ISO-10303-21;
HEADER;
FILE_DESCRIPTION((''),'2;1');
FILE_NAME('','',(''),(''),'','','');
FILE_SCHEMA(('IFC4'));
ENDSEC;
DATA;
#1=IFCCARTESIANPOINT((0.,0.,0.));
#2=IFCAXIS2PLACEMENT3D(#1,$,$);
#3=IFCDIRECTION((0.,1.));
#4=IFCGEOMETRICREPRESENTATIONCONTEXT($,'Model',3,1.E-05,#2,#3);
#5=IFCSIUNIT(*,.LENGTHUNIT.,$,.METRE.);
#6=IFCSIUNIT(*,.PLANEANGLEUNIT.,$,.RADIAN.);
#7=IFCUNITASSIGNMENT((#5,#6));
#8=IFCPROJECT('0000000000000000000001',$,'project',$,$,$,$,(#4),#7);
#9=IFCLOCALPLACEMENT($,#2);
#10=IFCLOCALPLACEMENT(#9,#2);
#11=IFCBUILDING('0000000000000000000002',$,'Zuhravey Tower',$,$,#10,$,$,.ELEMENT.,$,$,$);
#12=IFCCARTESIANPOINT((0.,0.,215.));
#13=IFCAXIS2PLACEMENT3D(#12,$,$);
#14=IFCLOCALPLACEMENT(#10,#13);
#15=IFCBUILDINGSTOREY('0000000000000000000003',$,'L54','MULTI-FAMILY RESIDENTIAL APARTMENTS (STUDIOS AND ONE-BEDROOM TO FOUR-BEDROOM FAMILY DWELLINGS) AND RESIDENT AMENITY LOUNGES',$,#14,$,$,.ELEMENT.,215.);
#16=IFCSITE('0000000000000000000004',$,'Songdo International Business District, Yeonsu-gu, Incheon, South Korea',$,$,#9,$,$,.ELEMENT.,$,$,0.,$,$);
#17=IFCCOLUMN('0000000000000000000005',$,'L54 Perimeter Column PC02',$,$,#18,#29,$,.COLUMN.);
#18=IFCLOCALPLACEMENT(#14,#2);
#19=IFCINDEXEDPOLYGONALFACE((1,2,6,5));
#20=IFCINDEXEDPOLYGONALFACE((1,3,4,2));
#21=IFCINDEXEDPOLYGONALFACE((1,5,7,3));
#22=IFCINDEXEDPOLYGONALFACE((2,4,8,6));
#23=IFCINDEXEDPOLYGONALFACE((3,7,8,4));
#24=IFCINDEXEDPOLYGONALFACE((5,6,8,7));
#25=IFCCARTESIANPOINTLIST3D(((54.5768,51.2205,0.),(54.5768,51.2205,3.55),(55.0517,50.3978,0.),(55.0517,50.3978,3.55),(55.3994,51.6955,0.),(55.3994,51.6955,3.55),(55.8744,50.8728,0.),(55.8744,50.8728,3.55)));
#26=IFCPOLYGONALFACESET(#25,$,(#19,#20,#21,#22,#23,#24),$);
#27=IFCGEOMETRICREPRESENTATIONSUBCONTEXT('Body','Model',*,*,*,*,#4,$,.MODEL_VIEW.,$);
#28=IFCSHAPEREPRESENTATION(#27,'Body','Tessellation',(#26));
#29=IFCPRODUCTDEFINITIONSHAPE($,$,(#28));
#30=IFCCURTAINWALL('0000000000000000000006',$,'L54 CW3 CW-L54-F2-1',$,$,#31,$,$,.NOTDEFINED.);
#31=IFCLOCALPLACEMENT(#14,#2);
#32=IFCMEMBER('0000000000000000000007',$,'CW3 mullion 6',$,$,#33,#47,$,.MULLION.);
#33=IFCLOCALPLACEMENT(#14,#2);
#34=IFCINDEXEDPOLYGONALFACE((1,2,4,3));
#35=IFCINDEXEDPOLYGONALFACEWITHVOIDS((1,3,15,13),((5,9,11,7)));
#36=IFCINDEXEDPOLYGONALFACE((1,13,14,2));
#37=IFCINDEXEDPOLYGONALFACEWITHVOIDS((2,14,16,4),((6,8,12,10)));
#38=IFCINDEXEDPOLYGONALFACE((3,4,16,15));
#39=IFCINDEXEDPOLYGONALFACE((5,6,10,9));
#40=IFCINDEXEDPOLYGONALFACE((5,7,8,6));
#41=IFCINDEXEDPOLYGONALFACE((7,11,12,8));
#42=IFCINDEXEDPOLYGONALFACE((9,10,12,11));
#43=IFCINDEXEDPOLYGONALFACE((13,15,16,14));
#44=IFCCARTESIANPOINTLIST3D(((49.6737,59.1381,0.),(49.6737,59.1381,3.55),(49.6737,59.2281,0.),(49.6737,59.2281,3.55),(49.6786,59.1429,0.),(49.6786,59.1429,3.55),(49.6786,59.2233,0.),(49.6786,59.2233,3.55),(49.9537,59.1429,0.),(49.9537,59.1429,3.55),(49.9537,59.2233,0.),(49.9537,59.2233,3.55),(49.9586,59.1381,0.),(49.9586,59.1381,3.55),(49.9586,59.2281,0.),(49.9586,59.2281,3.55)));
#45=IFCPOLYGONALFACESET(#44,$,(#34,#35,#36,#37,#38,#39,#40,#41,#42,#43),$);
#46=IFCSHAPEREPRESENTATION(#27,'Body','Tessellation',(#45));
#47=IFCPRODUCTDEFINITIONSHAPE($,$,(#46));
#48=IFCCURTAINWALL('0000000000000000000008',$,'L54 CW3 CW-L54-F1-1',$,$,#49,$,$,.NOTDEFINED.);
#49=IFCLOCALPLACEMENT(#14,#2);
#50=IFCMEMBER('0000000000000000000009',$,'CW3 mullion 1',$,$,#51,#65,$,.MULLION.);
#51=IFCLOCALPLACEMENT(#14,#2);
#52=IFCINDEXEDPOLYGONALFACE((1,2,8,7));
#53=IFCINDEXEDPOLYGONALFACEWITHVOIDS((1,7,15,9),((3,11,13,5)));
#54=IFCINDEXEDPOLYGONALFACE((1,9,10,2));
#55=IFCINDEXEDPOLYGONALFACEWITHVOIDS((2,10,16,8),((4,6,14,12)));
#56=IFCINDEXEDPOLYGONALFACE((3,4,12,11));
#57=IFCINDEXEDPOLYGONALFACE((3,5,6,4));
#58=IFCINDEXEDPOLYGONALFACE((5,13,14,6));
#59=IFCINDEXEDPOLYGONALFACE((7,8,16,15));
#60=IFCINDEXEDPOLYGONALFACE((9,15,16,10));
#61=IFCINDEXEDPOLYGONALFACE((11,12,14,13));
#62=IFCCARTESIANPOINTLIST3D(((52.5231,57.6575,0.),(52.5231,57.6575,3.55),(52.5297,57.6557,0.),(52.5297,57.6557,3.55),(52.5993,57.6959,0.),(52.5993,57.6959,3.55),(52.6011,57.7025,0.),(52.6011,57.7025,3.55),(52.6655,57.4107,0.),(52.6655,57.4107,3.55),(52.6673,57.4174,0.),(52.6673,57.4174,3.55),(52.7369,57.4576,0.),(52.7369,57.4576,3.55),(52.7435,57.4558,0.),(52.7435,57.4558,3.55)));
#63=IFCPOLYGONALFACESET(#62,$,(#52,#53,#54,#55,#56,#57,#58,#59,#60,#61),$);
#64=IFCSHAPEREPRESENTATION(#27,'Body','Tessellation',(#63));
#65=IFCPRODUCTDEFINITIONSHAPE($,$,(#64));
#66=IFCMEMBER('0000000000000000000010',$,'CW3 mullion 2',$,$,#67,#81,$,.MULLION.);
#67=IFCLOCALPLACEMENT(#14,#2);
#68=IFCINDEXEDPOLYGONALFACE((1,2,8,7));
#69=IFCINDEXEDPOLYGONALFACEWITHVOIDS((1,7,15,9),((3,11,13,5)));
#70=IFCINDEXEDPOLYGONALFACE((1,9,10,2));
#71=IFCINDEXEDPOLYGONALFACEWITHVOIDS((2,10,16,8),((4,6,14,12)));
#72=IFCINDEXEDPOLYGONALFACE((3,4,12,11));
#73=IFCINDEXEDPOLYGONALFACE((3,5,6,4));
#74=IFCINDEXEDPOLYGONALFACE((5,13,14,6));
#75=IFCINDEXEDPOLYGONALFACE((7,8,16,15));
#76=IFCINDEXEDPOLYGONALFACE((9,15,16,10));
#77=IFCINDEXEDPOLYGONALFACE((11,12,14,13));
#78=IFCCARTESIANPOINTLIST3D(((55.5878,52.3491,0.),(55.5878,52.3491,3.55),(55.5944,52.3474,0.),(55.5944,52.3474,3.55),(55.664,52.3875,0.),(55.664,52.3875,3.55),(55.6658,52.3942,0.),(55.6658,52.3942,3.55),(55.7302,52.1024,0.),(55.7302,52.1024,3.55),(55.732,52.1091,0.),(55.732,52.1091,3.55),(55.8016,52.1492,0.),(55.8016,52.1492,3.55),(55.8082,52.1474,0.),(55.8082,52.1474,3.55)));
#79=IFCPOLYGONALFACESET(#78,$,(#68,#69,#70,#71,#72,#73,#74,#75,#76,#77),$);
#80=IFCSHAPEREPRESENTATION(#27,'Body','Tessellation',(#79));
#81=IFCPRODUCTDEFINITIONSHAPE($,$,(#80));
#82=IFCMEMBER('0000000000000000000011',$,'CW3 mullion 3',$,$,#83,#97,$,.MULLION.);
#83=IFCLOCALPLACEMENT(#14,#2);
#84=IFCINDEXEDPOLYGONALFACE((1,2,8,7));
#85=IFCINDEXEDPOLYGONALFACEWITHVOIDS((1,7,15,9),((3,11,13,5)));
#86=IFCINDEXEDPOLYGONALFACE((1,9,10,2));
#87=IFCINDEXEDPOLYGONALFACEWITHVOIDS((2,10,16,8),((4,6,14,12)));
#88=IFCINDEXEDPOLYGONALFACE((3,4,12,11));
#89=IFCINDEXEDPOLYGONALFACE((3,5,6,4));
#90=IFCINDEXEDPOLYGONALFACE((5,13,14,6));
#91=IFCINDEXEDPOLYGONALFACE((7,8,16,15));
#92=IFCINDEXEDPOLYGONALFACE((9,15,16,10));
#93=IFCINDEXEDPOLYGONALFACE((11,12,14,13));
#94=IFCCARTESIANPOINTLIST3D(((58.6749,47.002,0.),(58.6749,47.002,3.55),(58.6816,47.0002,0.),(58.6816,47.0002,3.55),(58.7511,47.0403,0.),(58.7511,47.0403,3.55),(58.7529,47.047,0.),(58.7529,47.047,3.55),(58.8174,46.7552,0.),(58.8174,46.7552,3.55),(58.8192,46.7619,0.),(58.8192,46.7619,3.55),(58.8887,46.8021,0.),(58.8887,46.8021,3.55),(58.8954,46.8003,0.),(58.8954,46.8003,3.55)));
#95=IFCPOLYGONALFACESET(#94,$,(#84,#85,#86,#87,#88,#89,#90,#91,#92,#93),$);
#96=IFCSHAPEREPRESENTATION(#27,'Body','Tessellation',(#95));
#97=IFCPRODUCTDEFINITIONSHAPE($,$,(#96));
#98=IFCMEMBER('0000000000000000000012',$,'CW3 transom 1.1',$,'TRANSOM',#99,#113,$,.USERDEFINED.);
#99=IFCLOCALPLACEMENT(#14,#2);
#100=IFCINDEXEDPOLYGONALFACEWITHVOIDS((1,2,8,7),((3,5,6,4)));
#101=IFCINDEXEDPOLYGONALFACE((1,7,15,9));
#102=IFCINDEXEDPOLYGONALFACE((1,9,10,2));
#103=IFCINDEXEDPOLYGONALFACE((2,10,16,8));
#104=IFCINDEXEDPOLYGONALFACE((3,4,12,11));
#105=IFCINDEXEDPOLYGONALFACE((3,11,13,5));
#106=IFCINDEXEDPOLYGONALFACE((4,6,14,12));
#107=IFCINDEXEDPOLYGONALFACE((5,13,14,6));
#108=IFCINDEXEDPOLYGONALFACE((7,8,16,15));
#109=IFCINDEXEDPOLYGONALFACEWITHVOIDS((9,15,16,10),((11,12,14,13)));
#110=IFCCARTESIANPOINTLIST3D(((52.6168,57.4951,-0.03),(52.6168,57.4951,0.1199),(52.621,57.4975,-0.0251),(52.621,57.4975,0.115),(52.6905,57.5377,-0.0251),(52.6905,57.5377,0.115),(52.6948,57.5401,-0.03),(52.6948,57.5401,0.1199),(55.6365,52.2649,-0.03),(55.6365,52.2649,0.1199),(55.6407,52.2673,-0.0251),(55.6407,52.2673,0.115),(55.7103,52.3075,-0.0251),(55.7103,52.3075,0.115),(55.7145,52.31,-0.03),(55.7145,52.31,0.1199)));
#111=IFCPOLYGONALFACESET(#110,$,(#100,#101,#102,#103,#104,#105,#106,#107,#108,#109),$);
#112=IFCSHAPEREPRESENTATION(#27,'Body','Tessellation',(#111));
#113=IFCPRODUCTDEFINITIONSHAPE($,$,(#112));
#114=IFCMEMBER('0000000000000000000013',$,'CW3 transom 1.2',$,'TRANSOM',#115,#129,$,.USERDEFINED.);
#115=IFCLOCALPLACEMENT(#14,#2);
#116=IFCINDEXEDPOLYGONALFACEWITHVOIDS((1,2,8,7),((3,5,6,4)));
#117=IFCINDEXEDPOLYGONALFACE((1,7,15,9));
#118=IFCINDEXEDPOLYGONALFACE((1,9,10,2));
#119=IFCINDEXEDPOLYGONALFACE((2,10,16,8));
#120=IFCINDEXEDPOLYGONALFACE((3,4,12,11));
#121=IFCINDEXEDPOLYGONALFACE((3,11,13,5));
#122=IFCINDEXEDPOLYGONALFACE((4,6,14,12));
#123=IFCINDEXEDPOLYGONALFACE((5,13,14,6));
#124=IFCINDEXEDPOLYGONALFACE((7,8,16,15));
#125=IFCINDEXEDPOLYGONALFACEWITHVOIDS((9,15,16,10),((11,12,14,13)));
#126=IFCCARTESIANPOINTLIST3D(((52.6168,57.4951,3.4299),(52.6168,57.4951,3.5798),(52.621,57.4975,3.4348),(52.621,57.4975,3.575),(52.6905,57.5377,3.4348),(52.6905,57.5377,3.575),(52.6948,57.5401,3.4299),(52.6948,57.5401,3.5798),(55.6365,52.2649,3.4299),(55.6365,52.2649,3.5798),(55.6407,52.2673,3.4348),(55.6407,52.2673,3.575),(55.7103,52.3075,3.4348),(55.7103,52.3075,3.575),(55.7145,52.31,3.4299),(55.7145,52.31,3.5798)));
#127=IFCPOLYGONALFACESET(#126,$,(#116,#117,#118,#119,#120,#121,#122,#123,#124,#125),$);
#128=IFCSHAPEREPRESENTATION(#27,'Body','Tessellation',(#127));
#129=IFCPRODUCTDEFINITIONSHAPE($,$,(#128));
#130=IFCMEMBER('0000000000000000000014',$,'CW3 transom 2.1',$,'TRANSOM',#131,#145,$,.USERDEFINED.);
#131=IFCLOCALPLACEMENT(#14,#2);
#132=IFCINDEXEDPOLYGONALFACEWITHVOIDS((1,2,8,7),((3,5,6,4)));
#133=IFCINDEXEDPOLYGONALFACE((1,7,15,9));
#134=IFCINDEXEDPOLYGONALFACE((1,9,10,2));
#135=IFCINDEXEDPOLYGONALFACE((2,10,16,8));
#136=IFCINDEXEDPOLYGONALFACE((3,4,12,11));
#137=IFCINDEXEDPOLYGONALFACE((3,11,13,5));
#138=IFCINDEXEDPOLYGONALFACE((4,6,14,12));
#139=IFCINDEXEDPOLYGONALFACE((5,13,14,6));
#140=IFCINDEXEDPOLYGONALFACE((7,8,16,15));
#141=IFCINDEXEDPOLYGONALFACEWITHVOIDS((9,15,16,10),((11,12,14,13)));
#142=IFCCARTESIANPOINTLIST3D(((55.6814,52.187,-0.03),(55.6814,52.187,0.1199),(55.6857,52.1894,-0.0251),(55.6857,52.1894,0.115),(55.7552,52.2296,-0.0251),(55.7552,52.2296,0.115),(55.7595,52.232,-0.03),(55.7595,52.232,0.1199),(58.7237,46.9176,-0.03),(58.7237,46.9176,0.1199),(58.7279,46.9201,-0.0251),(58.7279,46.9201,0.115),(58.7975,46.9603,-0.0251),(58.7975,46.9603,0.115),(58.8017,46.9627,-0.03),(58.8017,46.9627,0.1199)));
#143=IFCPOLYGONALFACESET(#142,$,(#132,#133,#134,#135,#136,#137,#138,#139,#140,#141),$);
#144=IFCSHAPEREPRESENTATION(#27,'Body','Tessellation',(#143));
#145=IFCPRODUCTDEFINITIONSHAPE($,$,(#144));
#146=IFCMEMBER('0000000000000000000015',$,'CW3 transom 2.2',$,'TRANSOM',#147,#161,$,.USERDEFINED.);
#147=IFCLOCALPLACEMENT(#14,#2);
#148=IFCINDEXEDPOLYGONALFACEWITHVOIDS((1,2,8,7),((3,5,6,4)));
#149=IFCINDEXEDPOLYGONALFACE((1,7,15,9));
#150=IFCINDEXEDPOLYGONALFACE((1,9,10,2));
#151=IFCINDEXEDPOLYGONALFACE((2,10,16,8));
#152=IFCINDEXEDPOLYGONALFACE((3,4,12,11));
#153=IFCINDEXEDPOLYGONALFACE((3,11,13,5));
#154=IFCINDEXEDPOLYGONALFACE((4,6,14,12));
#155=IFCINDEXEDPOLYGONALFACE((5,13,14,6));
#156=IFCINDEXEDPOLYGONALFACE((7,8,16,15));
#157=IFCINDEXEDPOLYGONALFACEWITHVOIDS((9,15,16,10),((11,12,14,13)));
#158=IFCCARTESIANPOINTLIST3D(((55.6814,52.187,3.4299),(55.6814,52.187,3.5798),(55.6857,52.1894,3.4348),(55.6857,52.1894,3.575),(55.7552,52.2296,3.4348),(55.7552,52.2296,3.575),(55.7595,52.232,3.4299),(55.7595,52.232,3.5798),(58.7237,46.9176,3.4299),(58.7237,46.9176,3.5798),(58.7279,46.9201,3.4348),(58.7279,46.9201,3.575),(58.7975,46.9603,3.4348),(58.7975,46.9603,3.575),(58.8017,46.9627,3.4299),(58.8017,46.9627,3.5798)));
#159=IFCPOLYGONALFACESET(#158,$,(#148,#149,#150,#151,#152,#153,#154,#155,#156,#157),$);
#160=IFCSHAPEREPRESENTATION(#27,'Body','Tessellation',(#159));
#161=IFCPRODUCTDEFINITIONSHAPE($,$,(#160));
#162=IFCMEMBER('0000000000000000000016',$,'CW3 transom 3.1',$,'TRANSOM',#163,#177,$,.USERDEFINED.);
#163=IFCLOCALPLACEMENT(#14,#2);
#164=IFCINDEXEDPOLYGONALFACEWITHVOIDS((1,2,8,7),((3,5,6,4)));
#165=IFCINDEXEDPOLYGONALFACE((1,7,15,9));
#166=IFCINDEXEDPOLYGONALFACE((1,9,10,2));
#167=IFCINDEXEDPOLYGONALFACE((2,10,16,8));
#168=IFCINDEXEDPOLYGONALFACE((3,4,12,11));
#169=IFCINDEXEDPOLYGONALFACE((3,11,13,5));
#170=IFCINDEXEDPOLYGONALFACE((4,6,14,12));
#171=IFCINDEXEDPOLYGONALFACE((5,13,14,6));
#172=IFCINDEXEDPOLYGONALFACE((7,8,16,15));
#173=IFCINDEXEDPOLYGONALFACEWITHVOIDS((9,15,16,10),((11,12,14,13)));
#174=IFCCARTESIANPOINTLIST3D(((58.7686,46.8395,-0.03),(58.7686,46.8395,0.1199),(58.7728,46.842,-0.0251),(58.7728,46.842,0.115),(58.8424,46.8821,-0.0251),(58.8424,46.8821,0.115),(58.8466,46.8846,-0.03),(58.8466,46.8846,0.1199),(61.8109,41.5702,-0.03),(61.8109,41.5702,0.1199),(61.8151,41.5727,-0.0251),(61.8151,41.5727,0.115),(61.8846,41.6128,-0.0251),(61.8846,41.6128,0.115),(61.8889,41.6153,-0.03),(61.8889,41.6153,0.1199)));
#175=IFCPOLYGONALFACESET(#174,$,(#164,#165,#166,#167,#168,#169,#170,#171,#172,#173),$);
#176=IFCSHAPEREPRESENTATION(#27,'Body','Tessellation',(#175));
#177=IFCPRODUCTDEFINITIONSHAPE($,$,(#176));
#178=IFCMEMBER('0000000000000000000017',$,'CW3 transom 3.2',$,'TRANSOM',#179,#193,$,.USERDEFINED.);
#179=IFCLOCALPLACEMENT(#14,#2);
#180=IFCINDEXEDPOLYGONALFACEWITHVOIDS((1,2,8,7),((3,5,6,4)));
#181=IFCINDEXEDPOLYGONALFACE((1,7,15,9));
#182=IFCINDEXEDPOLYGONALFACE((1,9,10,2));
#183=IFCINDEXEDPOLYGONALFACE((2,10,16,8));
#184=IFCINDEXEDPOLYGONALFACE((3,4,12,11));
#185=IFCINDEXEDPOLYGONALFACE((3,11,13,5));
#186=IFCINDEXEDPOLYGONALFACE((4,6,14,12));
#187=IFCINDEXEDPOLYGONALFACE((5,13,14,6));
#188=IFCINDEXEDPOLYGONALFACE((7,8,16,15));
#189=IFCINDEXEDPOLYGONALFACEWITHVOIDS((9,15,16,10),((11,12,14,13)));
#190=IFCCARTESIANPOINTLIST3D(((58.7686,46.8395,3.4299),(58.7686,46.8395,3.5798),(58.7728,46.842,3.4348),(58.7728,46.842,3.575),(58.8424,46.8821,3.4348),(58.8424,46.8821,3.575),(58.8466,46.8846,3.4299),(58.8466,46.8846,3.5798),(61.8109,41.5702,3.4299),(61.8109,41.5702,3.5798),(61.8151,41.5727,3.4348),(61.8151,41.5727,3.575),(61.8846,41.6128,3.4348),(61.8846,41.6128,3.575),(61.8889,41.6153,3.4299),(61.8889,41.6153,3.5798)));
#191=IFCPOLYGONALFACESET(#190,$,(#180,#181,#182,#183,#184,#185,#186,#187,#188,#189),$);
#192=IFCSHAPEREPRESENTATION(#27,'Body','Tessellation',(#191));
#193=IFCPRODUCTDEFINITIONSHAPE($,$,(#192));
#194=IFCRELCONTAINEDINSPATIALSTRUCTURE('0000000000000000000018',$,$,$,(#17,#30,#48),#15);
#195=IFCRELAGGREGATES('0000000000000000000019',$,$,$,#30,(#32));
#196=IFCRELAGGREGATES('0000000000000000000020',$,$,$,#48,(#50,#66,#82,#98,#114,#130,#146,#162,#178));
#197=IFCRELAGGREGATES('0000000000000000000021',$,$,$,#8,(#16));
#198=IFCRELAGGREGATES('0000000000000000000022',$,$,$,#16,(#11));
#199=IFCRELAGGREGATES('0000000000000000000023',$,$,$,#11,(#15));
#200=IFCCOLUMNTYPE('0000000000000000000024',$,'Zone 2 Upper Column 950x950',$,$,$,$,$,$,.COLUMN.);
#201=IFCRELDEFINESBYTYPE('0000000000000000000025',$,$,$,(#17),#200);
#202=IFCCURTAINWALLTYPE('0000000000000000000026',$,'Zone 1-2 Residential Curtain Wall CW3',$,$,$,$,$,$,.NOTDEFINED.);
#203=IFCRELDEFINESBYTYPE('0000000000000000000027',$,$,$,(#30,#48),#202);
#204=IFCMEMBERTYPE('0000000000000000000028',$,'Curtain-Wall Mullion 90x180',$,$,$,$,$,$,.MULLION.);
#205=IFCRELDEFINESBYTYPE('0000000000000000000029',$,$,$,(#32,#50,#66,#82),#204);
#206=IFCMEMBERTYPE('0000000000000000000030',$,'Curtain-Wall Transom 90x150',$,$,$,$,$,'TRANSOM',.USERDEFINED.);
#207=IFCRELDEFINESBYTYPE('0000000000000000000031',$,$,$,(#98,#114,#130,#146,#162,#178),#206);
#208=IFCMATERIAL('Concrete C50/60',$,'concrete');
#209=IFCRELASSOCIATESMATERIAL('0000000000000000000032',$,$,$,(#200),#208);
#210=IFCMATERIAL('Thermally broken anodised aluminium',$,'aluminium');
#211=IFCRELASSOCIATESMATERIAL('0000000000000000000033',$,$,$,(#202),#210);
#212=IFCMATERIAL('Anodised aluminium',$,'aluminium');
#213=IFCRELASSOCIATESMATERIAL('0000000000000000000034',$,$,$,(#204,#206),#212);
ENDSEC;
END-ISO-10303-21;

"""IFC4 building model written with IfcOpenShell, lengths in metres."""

from ifc_helpers import new_model, si_unit, direction, frame, origin, origin_2d, place, context, subcontext, project, spatial, rectangle, hollow_rectangle, extrude, material, material_profile, profile_set, type_object, element, aggregate, save


model = new_model("IFC4")

# Units and contexts
model_context = context("Model", 3, precision=1e-05, world=origin(), true_north=direction((0.0, 1.0)))
body_context = subcontext(model_context, "Body", "Model", "MODEL_VIEW")
ifc_project = project(units=[si_unit("LENGTHUNIT", "METRE"), si_unit("PLANEANGLEUNIT", "RADIAN")], contexts=[model_context])

# Site, building, storey
site_placement = place(None, origin())
site = spatial("IfcSite", under=ifc_project, at=site_placement, Name="Songdo International Business District, Yeonsu-gu, Incheon, South Korea", CompositionType="ELEMENT", RefElevation=0.0)
building_placement = place(site_placement, origin())
building = spatial("IfcBuilding", under=site, at=building_placement, Name="Zuhravey Tower", CompositionType="ELEMENT")
storey_placement = place(building_placement, frame((0.0, 0.0, 215.0)))
storey = spatial("IfcBuildingStorey", under=building, at=storey_placement, Name="L54", Description="MULTI-FAMILY RESIDENTIAL APARTMENTS (STUDIOS AND ONE-BEDROOM TO FOUR-BEDROOM FAMILY DWELLINGS) AND RESIDENT AMENITY LOUNGES", CompositionType="ELEMENT", Elevation=215.0)

# Column
ifc_material_1 = material(Name="Concrete C50/60", Category="concrete")
ifc_material_profile_1 = material_profile(ifc_material_1, rectangle(XDim=0.95, YDim=0.95, at=origin_2d()), Name="RC-950x950")
ifc_profile_set_1 = profile_set([ifc_material_profile_1], Name="Concrete C50/60")
column_type = type_object("IfcColumnType", Name="Zone 2 Upper Column 950x950", PredefinedType="COLUMN", material=ifc_profile_set_1)
column_placement = place(storey_placement, frame((55.2256, 51.0466, 0.0), z_axis=(0.0, 0.0, 1.0), x_axis=(-0.5, 0.866025, 0.0)))
element("IfcColumn", 1, at=column_placement, inside=storey, type_object=column_type, Name="L54 Perimeter Column PC02", PredefinedType="COLUMN", context=body_context, shape_type="SweptSolid", body=[
    extrude(rectangle(XDim=0.95, YDim=0.95, at=origin_2d()), origin(), (0.0, 0.0, 1.0), 3.55),
])

# Curtain wall, member
ifc_material_2 = material(Name="Thermally broken anodised aluminium", Category="aluminium")
curtain_wall_type = type_object("IfcCurtainWallType", Name="Zone 1-2 Residential Curtain Wall CW3", PredefinedType="NOTDEFINED", material=ifc_material_2)
curtain_wall_1_placement = place(storey_placement, origin())
curtain_wall_1 = element("IfcCurtainWall", 2, at=curtain_wall_1_placement, inside=storey, type_object=curtain_wall_type, Name="L54 CW3 CW-L54-F2-1", PredefinedType="NOTDEFINED")
ifc_material_3 = material(Name="Anodised aluminium", Category="aluminium")
ifc_material_profile_2 = material_profile(ifc_material_3, hollow_rectangle(XDim=0.0901, YDim=0.2849, WallThickness=0.0049, at=origin_2d()), Name="ALU-RHS-90x285x5")
ifc_profile_set_2 = profile_set([ifc_material_profile_2], Name="Anodised aluminium")
member_type_1 = type_object("IfcMemberType", Name="Curtain-Wall Mullion 90x180", PredefinedType="MULLION", material=ifc_profile_set_2)
member_1_placement = place(storey_placement, frame((49.8162, 59.1831, 0.0), z_axis=(0.0, 0.0, 1.0), x_axis=(0.0, 1.0, 0.0)))
member_1 = element("IfcMember", 3, at=member_1_placement, type_object=member_type_1, Name="CW3 mullion 6", PredefinedType="MULLION", context=body_context, shape_type="SweptSolid", body=[
    extrude(hollow_rectangle(XDim=0.0901, YDim=0.2849, WallThickness=0.0049, at=origin_2d()), origin(), (0.0, 0.0, 1.0), 3.55),
])
aggregate(curtain_wall_1, [member_1])

# Curtain wall, members
curtain_wall_2_placement = place(storey_placement, origin())
curtain_wall_2 = element("IfcCurtainWall", 4, at=curtain_wall_2_placement, inside=storey, type_object=curtain_wall_type, Name="L54 CW3 CW-L54-F1-1", PredefinedType="NOTDEFINED")
member_2_placement = place(storey_placement, frame((52.6333, 57.5566, 0.0), z_axis=(0.0, 0.0, 1.0), x_axis=(0.866024, 0.500002, 0.0)))
member_2 = element("IfcMember", 5, at=member_2_placement, type_object=member_type_1, Name="CW3 mullion 1", PredefinedType="MULLION", context=body_context, shape_type="SweptSolid", body=[
    extrude(hollow_rectangle(XDim=0.0901, YDim=0.2849, WallThickness=0.0049, at=origin_2d()), origin(), (0.0, 0.0, 1.0), 3.55),
])
member_3_placement = place(storey_placement, frame((55.698, 52.2483, 0.0), z_axis=(0.0, 0.0, 1.0), x_axis=(0.866024, 0.500002, 0.0)))
member_3 = element("IfcMember", 6, at=member_3_placement, type_object=member_type_1, Name="CW3 mullion 2", PredefinedType="MULLION", context=body_context, shape_type="SweptSolid", body=[
    extrude(hollow_rectangle(XDim=0.0901, YDim=0.2849, WallThickness=0.0049, at=origin_2d()), origin(), (0.0, 0.0, 1.0), 3.55),
])
member_4_placement = place(storey_placement, frame((58.7852, 46.9011, 0.0), z_axis=(0.0, 0.0, 1.0), x_axis=(0.866024, 0.500002, 0.0)))
member_4 = element("IfcMember", 7, at=member_4_placement, type_object=member_type_1, Name="CW3 mullion 3", PredefinedType="MULLION", context=body_context, shape_type="SweptSolid", body=[
    extrude(hollow_rectangle(XDim=0.0901, YDim=0.2849, WallThickness=0.0049, at=origin_2d()), origin(), (0.0, 0.0, 1.0), 3.55),
])
ifc_material_profile_3 = material_profile(ifc_material_3, hollow_rectangle(XDim=0.0901, YDim=0.1499, WallThickness=0.0049, at=origin_2d()), Name="ALU-RHS-90x150x5")
ifc_profile_set_3 = profile_set([ifc_material_profile_3], Name="Anodised aluminium")
member_type_2 = type_object("IfcMemberType", Name="Curtain-Wall Transom 90x150", ElementType="TRANSOM", PredefinedType="USERDEFINED", material=ifc_profile_set_3)
member_5_placement = place(storey_placement, frame((52.6558, 57.5176, 0.0449), z_axis=(0.500013, -0.866018, 0.0), x_axis=(0.866018, 0.500013, 0.0)))
member_5 = element("IfcMember", 8, at=member_5_placement, type_object=member_type_2, Name="CW3 transom 1.1", ObjectType="TRANSOM", PredefinedType="USERDEFINED", context=body_context, shape_type="SweptSolid", body=[
    extrude(hollow_rectangle(XDim=0.0901, YDim=0.1499, WallThickness=0.0049, at=origin_2d()), origin(), (0.0, 0.0, 1.0), 6.0393),
])
member_6_placement = place(storey_placement, frame((52.6558, 57.5176, 3.5049), z_axis=(0.500013, -0.866018, 0.0), x_axis=(0.866018, 0.500013, 0.0)))
member_6 = element("IfcMember", 9, at=member_6_placement, type_object=member_type_2, Name="CW3 transom 1.2", ObjectType="TRANSOM", PredefinedType="USERDEFINED", context=body_context, shape_type="SweptSolid", body=[
    extrude(hollow_rectangle(XDim=0.0901, YDim=0.1499, WallThickness=0.0049, at=origin_2d()), origin(), (0.0, 0.0, 1.0), 6.0393),
])
member_7_placement = place(storey_placement, frame((55.7205, 52.2095, 0.0449), z_axis=(0.500001, -0.866025, 0.0), x_axis=(0.866025, 0.500001, 0.0)))
member_7 = element("IfcMember", 10, at=member_7_placement, type_object=member_type_2, Name="CW3 transom 2.1", ObjectType="TRANSOM", PredefinedType="USERDEFINED", context=body_context, shape_type="SweptSolid", body=[
    extrude(hollow_rectangle(XDim=0.0901, YDim=0.1499, WallThickness=0.0049, at=origin_2d()), origin(), (0.0, 0.0, 1.0), 6.0845),
])
member_8_placement = place(storey_placement, frame((55.7205, 52.2095, 3.5049), z_axis=(0.500001, -0.866025, 0.0), x_axis=(0.866025, 0.500001, 0.0)))
member_8 = element("IfcMember", 11, at=member_8_placement, type_object=member_type_2, Name="CW3 transom 2.2", ObjectType="TRANSOM", PredefinedType="USERDEFINED", context=body_context, shape_type="SweptSolid", body=[
    extrude(hollow_rectangle(XDim=0.0901, YDim=0.1499, WallThickness=0.0049, at=origin_2d()), origin(), (0.0, 0.0, 1.0), 6.0845),
])
member_9_placement = place(storey_placement, frame((58.8076, 46.8621, 0.0449), z_axis=(0.500001, -0.866025, 0.0), x_axis=(0.866025, 0.500001, 0.0)))
member_9 = element("IfcMember", 12, at=member_9_placement, type_object=member_type_2, Name="CW3 transom 3.1", ObjectType="TRANSOM", PredefinedType="USERDEFINED", context=body_context, shape_type="SweptSolid", body=[
    extrude(hollow_rectangle(XDim=0.0901, YDim=0.1499, WallThickness=0.0049, at=origin_2d()), origin(), (0.0, 0.0, 1.0), 6.0845),
])
member_10_placement = place(storey_placement, frame((58.8076, 46.8621, 3.5049), z_axis=(0.500001, -0.866025, 0.0), x_axis=(0.866025, 0.500001, 0.0)))
member_10 = element("IfcMember", 13, at=member_10_placement, type_object=member_type_2, Name="CW3 transom 3.2", ObjectType="TRANSOM", PredefinedType="USERDEFINED", context=body_context, shape_type="SweptSolid", body=[
    extrude(hollow_rectangle(XDim=0.0901, YDim=0.1499, WallThickness=0.0049, at=origin_2d()), origin(), (0.0, 0.0, 1.0), 6.0845),
])

aggregate(curtain_wall_2, [member_2, member_3, member_4, member_5, member_6, member_7, member_8, member_9, member_10])

save(model, "model.ifc")
